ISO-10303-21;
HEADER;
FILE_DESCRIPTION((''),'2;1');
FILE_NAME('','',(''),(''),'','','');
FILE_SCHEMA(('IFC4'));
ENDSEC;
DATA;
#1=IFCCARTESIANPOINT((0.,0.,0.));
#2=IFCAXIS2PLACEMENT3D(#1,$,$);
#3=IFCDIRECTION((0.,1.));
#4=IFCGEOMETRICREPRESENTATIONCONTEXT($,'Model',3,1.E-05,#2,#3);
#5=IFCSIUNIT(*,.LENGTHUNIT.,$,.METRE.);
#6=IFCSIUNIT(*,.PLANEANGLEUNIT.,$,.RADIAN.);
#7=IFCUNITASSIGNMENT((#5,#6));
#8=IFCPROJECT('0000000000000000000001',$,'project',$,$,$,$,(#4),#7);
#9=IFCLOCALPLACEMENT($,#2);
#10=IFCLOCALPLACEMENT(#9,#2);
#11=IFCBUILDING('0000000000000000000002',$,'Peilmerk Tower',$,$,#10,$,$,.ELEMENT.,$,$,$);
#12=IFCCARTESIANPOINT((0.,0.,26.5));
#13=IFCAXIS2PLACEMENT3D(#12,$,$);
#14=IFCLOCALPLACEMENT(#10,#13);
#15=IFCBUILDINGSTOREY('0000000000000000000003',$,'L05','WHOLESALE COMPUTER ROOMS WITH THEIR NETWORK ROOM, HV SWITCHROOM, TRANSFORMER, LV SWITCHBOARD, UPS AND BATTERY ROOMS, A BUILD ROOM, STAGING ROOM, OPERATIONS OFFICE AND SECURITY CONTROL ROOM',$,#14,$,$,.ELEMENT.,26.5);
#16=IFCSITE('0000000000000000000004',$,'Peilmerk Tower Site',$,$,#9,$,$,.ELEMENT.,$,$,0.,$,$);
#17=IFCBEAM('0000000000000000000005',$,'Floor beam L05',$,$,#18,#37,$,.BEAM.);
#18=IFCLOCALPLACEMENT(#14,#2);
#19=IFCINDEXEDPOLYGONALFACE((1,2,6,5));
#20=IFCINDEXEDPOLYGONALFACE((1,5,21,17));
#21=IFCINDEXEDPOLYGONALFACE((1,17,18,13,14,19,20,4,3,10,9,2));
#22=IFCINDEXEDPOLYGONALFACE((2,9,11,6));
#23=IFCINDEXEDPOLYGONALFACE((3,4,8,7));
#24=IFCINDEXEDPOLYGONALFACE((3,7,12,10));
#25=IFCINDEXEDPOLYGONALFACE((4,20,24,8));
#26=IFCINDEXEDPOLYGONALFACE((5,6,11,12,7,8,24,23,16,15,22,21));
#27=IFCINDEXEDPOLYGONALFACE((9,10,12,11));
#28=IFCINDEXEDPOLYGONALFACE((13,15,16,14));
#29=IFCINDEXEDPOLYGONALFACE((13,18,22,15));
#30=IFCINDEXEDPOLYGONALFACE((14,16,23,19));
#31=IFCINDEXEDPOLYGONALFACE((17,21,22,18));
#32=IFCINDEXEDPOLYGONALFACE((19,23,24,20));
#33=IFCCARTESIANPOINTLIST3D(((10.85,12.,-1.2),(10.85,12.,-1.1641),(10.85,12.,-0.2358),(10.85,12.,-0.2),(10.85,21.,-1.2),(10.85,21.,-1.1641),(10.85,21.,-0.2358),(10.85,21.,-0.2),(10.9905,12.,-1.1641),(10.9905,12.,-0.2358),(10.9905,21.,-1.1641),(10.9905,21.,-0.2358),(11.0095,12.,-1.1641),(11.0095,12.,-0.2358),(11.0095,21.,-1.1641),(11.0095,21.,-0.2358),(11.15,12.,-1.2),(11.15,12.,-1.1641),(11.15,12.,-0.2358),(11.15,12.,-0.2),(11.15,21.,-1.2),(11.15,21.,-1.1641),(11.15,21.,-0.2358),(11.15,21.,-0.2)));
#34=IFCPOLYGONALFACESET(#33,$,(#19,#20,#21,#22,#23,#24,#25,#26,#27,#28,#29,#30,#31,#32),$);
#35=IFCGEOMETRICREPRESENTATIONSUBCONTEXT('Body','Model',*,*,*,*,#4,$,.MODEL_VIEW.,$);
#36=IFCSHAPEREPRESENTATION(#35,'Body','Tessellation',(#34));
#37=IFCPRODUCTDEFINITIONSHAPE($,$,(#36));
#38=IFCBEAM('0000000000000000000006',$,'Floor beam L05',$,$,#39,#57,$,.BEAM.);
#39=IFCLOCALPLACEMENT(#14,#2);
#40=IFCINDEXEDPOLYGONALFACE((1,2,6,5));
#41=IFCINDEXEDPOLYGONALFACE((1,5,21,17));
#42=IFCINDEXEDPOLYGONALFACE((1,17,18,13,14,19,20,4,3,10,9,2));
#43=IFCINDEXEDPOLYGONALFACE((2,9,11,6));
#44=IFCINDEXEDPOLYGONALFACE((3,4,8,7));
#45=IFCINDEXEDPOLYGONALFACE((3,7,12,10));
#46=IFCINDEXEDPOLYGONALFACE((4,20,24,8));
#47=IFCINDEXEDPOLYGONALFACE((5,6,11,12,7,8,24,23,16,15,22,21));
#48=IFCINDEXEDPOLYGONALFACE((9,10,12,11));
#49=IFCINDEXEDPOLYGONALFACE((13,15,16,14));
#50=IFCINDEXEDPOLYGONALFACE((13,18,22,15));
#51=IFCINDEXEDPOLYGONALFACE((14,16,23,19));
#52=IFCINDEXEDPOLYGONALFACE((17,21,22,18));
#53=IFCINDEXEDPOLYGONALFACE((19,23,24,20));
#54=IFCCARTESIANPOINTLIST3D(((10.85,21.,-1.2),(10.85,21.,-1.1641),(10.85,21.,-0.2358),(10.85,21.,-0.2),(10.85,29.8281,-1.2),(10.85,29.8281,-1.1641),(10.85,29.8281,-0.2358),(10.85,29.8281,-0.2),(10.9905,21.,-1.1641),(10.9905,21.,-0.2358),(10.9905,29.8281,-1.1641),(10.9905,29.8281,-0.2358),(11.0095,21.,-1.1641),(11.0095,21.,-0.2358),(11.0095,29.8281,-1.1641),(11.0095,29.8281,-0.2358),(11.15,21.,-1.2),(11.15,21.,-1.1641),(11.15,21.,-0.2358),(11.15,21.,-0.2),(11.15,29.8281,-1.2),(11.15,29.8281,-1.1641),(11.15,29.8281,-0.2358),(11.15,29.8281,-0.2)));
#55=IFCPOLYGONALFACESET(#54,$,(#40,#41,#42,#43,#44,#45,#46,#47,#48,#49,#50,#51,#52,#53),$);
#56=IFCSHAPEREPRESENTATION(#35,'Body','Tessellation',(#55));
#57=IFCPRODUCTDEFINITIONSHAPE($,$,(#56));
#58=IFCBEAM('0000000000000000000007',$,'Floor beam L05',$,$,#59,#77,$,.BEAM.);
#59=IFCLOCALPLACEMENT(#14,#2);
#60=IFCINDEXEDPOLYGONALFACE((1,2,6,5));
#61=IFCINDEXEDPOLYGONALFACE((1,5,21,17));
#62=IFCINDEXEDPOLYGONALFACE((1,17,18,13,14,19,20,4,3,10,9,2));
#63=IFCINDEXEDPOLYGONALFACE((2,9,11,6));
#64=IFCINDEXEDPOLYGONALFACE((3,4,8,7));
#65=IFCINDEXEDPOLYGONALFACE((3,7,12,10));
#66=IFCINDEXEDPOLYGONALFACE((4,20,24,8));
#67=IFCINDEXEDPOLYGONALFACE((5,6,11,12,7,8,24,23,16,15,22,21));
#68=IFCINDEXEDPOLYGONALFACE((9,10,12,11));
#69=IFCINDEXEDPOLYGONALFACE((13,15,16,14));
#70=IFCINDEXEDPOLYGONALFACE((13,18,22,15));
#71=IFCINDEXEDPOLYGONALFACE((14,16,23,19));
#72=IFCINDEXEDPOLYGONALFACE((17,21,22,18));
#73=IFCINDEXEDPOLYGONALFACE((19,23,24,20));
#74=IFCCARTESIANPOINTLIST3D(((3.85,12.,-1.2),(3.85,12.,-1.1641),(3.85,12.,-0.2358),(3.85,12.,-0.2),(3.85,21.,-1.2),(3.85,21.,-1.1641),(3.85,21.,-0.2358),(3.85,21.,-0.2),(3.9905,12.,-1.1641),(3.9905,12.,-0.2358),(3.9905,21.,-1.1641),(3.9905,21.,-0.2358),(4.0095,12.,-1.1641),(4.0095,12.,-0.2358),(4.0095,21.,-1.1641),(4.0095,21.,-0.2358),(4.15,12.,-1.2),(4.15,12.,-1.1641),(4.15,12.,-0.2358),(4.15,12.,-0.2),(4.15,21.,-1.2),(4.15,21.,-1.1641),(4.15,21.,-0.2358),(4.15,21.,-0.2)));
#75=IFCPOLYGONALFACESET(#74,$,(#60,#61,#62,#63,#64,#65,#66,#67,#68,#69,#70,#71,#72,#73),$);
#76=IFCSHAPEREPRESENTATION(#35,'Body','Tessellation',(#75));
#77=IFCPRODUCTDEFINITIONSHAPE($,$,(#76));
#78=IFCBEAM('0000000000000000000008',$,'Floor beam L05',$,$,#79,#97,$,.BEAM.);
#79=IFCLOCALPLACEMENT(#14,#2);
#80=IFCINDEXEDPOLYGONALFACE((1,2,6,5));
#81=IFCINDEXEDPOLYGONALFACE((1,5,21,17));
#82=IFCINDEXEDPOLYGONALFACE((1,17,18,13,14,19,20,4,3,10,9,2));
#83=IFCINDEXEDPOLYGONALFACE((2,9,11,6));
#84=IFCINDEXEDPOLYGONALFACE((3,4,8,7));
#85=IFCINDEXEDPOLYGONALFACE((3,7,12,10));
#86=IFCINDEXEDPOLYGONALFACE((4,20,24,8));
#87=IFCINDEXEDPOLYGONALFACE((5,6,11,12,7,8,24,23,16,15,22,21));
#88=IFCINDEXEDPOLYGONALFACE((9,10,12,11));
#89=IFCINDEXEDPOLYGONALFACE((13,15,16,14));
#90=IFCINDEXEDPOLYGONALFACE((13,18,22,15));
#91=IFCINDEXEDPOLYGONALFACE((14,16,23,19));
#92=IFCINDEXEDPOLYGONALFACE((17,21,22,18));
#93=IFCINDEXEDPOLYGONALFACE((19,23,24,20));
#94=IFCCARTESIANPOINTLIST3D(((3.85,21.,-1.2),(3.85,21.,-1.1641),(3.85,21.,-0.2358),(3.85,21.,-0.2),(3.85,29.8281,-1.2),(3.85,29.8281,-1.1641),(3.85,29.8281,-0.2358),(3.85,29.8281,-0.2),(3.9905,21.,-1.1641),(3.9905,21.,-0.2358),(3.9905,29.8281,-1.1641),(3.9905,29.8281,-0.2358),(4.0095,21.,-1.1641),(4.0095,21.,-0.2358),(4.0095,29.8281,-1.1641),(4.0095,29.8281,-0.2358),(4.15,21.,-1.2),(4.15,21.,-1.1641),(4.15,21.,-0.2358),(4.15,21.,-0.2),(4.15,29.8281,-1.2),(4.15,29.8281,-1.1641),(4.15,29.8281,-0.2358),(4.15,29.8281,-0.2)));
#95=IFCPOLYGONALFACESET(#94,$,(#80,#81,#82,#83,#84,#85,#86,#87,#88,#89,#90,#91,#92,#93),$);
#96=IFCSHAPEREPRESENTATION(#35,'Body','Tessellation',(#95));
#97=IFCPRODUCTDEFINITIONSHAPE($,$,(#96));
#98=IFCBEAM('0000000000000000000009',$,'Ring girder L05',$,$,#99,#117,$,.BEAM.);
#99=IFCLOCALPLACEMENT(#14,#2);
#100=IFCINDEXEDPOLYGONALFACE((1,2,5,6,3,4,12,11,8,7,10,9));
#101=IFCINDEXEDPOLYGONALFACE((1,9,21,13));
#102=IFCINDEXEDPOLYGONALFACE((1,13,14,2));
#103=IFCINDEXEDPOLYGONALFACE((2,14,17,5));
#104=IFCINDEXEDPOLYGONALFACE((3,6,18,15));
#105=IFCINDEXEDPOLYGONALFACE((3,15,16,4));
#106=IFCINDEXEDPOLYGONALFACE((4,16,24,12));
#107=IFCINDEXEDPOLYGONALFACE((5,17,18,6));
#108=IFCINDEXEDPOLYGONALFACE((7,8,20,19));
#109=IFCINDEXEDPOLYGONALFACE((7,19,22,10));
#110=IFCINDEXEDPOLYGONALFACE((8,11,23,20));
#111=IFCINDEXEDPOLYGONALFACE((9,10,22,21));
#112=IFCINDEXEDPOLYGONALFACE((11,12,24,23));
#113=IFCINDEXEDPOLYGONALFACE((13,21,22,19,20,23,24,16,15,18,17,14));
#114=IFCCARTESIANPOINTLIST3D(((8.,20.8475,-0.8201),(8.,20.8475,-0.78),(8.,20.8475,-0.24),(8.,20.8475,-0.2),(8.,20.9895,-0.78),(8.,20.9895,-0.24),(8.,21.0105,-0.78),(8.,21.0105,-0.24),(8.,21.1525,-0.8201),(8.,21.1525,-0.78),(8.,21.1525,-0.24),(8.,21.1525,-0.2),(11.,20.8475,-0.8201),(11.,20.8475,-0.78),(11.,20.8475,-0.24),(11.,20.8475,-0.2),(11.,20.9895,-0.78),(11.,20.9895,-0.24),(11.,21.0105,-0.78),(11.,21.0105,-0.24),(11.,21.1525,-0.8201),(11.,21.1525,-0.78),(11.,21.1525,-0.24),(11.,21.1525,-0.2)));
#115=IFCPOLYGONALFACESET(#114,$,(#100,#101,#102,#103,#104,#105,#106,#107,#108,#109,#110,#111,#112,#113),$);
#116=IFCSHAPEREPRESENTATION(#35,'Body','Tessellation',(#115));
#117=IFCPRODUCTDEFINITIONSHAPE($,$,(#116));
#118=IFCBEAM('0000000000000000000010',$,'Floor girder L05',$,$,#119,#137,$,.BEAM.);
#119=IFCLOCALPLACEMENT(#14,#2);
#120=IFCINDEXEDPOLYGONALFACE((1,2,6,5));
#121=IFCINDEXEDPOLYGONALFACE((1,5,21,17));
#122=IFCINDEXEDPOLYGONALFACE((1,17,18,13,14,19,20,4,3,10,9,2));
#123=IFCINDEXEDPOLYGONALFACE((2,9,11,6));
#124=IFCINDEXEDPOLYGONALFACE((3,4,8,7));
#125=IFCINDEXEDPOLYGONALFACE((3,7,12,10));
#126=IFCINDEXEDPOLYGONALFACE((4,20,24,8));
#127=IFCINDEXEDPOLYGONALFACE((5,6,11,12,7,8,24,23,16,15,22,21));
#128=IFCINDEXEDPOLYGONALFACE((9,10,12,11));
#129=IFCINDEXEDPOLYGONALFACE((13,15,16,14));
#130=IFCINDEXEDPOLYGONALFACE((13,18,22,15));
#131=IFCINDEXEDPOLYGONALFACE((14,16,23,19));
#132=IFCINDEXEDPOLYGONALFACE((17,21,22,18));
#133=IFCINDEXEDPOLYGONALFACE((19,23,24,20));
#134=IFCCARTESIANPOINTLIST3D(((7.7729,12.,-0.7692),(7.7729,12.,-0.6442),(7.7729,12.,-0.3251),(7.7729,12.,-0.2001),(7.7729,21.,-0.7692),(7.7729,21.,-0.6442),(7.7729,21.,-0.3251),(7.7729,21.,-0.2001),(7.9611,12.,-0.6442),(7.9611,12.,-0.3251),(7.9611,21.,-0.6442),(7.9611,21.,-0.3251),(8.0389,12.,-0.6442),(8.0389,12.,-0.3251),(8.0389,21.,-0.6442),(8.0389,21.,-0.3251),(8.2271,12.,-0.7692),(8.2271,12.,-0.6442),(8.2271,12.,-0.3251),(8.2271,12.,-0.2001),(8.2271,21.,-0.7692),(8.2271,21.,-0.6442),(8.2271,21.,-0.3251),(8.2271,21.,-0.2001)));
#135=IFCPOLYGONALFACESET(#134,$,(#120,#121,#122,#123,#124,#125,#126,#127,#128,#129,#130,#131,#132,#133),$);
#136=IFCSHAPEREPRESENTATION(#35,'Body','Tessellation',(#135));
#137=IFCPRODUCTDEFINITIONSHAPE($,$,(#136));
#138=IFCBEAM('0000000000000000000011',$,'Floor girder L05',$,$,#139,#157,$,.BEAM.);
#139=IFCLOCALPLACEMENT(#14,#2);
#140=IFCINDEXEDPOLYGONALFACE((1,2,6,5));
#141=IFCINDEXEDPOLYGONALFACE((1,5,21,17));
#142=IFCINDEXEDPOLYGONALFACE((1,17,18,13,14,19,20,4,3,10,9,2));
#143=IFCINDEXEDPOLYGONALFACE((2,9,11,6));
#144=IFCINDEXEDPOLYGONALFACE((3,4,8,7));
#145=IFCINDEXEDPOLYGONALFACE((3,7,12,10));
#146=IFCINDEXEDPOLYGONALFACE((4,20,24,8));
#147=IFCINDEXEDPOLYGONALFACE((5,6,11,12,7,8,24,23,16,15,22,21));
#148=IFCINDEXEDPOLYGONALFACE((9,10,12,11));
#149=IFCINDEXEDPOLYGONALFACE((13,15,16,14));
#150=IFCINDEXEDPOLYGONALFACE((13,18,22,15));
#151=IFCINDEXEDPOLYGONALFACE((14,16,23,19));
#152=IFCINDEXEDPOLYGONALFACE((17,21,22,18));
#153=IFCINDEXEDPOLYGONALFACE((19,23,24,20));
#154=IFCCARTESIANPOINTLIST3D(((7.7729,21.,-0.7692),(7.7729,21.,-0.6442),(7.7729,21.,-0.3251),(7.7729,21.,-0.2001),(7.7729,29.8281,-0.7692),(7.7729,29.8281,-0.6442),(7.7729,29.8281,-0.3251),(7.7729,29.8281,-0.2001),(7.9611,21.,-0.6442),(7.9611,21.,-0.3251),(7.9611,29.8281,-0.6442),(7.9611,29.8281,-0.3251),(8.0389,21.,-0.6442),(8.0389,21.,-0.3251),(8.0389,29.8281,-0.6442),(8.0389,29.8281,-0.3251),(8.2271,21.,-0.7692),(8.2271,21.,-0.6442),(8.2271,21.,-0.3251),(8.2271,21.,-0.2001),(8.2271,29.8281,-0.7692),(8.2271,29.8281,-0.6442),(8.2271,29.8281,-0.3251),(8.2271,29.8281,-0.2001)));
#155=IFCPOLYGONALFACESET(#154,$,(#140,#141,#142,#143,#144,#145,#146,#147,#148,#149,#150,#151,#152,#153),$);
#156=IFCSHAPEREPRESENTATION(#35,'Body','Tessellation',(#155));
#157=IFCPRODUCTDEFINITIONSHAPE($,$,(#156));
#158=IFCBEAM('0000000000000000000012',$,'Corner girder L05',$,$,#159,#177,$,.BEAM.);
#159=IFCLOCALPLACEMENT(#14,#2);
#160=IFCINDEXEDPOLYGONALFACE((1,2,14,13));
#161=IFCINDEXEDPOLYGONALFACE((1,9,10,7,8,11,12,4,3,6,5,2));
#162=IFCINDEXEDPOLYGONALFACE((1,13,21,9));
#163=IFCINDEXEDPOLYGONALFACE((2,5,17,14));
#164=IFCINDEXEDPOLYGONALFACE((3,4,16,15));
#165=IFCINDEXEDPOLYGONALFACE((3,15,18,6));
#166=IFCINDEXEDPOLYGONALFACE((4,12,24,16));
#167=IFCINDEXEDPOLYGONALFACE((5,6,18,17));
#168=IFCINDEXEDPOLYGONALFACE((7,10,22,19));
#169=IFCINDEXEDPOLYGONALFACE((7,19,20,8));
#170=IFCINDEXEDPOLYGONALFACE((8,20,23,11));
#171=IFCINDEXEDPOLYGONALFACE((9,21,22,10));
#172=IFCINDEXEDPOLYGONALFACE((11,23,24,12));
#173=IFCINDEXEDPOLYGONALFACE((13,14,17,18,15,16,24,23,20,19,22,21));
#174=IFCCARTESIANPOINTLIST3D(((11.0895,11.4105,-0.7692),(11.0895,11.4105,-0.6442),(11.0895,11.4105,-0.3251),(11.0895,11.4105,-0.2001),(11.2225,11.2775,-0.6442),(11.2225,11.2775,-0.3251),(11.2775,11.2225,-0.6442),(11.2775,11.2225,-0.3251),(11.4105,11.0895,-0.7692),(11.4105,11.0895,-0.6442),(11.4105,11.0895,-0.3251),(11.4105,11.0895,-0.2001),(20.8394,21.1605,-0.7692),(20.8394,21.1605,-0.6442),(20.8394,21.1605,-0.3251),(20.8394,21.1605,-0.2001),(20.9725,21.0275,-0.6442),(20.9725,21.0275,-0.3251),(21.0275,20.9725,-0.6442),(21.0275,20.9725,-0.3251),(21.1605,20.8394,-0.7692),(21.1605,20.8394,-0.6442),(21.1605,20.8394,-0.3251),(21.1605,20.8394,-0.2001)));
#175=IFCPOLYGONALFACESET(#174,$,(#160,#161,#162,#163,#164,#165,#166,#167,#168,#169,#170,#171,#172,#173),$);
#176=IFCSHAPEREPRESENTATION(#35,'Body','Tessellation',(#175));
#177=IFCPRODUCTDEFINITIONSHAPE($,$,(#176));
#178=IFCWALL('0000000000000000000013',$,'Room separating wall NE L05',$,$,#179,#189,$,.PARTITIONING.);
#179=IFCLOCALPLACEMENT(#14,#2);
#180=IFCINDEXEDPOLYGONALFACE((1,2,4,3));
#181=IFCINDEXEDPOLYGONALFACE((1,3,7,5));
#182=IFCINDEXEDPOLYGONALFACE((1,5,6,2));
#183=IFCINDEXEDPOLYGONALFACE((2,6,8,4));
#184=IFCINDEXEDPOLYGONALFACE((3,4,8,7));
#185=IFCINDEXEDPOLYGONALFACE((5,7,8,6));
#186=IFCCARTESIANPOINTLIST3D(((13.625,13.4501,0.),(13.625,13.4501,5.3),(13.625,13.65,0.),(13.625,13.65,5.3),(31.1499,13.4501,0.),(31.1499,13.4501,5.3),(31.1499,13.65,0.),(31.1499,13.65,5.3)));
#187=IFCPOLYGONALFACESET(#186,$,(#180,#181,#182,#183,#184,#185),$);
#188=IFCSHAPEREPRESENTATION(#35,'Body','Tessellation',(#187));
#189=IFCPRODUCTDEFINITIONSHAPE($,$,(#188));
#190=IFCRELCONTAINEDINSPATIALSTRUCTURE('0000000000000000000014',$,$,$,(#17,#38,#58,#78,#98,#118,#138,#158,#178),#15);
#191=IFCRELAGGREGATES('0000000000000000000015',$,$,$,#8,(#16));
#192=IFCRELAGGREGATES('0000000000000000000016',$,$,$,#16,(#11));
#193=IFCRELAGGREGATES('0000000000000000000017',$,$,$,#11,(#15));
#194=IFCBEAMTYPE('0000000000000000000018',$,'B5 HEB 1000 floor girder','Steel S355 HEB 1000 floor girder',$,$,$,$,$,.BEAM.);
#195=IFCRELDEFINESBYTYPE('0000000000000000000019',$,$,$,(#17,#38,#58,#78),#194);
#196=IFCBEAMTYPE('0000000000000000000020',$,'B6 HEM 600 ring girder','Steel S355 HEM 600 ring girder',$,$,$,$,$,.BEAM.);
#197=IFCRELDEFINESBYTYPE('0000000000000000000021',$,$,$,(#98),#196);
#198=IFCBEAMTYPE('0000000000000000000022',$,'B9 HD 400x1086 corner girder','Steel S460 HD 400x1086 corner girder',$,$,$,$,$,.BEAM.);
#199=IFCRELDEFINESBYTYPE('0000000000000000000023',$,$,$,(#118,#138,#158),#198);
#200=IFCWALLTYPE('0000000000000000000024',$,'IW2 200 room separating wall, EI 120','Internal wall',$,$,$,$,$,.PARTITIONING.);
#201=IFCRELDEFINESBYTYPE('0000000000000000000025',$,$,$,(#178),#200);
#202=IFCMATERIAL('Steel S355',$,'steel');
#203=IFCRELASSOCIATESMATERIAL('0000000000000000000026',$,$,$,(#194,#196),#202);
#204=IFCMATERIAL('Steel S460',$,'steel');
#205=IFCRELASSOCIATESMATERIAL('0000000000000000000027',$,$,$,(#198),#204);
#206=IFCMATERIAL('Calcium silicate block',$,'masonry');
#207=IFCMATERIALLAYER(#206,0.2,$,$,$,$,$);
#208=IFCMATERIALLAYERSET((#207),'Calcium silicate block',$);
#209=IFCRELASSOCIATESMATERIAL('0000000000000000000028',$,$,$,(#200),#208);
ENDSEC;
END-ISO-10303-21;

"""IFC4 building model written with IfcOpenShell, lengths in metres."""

from ifc_helpers import new_model, si_unit, direction, frame, frame_2d, origin, origin_2d, place, context, subcontext, project, spatial, rectangle, i_section, extrude, material, layer, layer_set, material_profile, profile_set, type_object, element, save


model = new_model("IFC4")

# Units and contexts
model_context = context("Model", 3, precision=1e-05, world=origin(), true_north=direction((0.0, 1.0)))
body_context = subcontext(model_context, "Body", "Model", "MODEL_VIEW")
ifc_project = project(units=[si_unit("LENGTHUNIT", "METRE"), si_unit("PLANEANGLEUNIT", "RADIAN")], contexts=[model_context])

# Site, building, storey
site_placement = place(None, origin())
site = spatial("IfcSite", under=ifc_project, at=site_placement, Name="Peilmerk Tower Site", CompositionType="ELEMENT", RefElevation=0.0)
building_placement = place(site_placement, origin())
building = spatial("IfcBuilding", under=site, at=building_placement, Name="Peilmerk Tower", CompositionType="ELEMENT")
storey_placement = place(building_placement, frame((0.0, 0.0, 26.5)))
storey = spatial("IfcBuildingStorey", under=building, at=storey_placement, Name="L05", Description="WHOLESALE COMPUTER ROOMS WITH THEIR NETWORK ROOM, HV SWITCHROOM, TRANSFORMER, LV SWITCHBOARD, UPS AND BATTERY ROOMS, A BUILD ROOM, STAGING ROOM, OPERATIONS OFFICE AND SECURITY CONTROL ROOM", CompositionType="ELEMENT", Elevation=26.5)

# Beams
ifc_material_1 = material(Name="Steel S355", Category="steel")
ifc_material_profile_1 = material_profile(ifc_material_1, i_section(OverallWidth=0.3, OverallDepth=1.0, WebThickness=0.019, FlangeThickness=0.0359, at=origin_2d()), Name="HEB 1000")
ifc_profile_set_1 = profile_set([ifc_material_profile_1], Name="Steel S355")
beam_type_1 = type_object("IfcBeamType", Name="B5 HEB 1000 floor girder", Description="Steel S355 HEB 1000 floor girder", PredefinedType="BEAM", material=ifc_profile_set_1)
beam_1_placement = place(storey_placement, frame((11.0, 12.0, -0.7), z_axis=(0.0, 1.0, 0.0), x_axis=(-1.0, 0.0, 0.0)))
element("IfcBeam", 1, at=beam_1_placement, inside=storey, type_object=beam_type_1, Name="Floor beam L05", PredefinedType="BEAM", context=body_context, shape_type="SweptSolid", body=[
    extrude(i_section(OverallWidth=0.3, OverallDepth=1.0, WebThickness=0.019, FlangeThickness=0.0359, at=origin_2d()), origin(), (0.0, 0.0, 1.0), 9.0),
])
beam_2_placement = place(storey_placement, frame((11.0, 21.0, -0.7), z_axis=(0.0, 1.0, 0.0), x_axis=(-1.0, 0.0, 0.0)))
element("IfcBeam", 2, at=beam_2_placement, inside=storey, type_object=beam_type_1, Name="Floor beam L05", PredefinedType="BEAM", context=body_context, shape_type="SweptSolid", body=[
    extrude(i_section(OverallWidth=0.3, OverallDepth=1.0, WebThickness=0.019, FlangeThickness=0.0359, at=origin_2d()), origin(), (0.0, 0.0, 1.0), 8.8281),
])
beam_3_placement = place(storey_placement, frame((4.0, 12.0, -0.7), z_axis=(0.0, 1.0, 0.0), x_axis=(-1.0, 0.0, 0.0)))
element("IfcBeam", 3, at=beam_3_placement, inside=storey, type_object=beam_type_1, Name="Floor beam L05", PredefinedType="BEAM", context=body_context, shape_type="SweptSolid", body=[
    extrude(i_section(OverallWidth=0.3, OverallDepth=1.0, WebThickness=0.019, FlangeThickness=0.0359, at=origin_2d()), origin(), (0.0, 0.0, 1.0), 9.0),
])
beam_4_placement = place(storey_placement, frame((4.0, 21.0, -0.7), z_axis=(0.0, 1.0, 0.0), x_axis=(-1.0, 0.0, 0.0)))
element("IfcBeam", 4, at=beam_4_placement, inside=storey, type_object=beam_type_1, Name="Floor beam L05", PredefinedType="BEAM", context=body_context, shape_type="SweptSolid", body=[
    extrude(i_section(OverallWidth=0.3, OverallDepth=1.0, WebThickness=0.019, FlangeThickness=0.0359, at=origin_2d()), origin(), (0.0, 0.0, 1.0), 8.8281),
])
ifc_material_profile_2 = material_profile(ifc_material_1, i_section(OverallWidth=0.3049, OverallDepth=0.6201, WebThickness=0.021, FlangeThickness=0.04, at=origin_2d()), Name="HEM 600")
ifc_profile_set_2 = profile_set([ifc_material_profile_2], Name="Steel S355")
beam_type_2 = type_object("IfcBeamType", Name="B6 HEM 600 ring girder", Description="Steel S355 HEM 600 ring girder", PredefinedType="BEAM", material=ifc_profile_set_2)
beam_5_placement = place(storey_placement, frame((11.0, 21.0, -0.51), z_axis=(-1.0, 0.0, 0.0), x_axis=(0.0, -1.0, 0.0)))
element("IfcBeam", 5, at=beam_5_placement, inside=storey, type_object=beam_type_2, Name="Ring girder L05", PredefinedType="BEAM", context=body_context, shape_type="SweptSolid", body=[
    extrude(i_section(OverallWidth=0.3049, OverallDepth=0.6201, WebThickness=0.021, FlangeThickness=0.04, at=origin_2d()), origin(), (0.0, 0.0, 1.0), 3.0),
])
ifc_material_2 = material(Name="Steel S460", Category="steel")
ifc_material_profile_3 = material_profile(ifc_material_2, i_section(OverallWidth=0.4541, OverallDepth=0.5691, WebThickness=0.0779, FlangeThickness=0.125, at=origin_2d()), Name="HD 400x1086")
ifc_profile_set_3 = profile_set([ifc_material_profile_3], Name="Steel S460")
beam_type_3 = type_object("IfcBeamType", Name="B9 HD 400x1086 corner girder", Description="Steel S460 HD 400x1086 corner girder", PredefinedType="BEAM", material=ifc_profile_set_3)
beam_6_placement = place(storey_placement, frame((8.0, 12.0, -0.4846), z_axis=(0.0, 1.0, 0.0), x_axis=(-1.0, 0.0, 0.0)))
element("IfcBeam", 6, at=beam_6_placement, inside=storey, type_object=beam_type_3, Name="Floor girder L05", PredefinedType="BEAM", context=body_context, shape_type="SweptSolid", body=[
    extrude(i_section(OverallWidth=0.4541, OverallDepth=0.5691, WebThickness=0.0779, FlangeThickness=0.125, at=origin_2d()), origin(), (0.0, 0.0, 1.0), 9.0),
])
beam_7_placement = place(storey_placement, frame((8.0, 21.0, -0.4846), z_axis=(0.0, 1.0, 0.0), x_axis=(-1.0, 0.0, 0.0)))
element("IfcBeam", 7, at=beam_7_placement, inside=storey, type_object=beam_type_3, Name="Floor girder L05", PredefinedType="BEAM", context=body_context, shape_type="SweptSolid", body=[
    extrude(i_section(OverallWidth=0.4541, OverallDepth=0.5691, WebThickness=0.0779, FlangeThickness=0.125, at=origin_2d()), origin(), (0.0, 0.0, 1.0), 8.8281),
])
beam_8_placement = place(storey_placement, frame((11.25, 11.25, -0.4846), z_axis=(0.707107, 0.707107, 0.0), x_axis=(-0.707107, 0.707107, 0.0)))
element("IfcBeam", 8, at=beam_8_placement, inside=storey, type_object=beam_type_3, Name="Corner girder L05", PredefinedType="BEAM", context=body_context, shape_type="SweptSolid", body=[
    extrude(i_section(OverallWidth=0.4541, OverallDepth=0.5691, WebThickness=0.0779, FlangeThickness=0.125, at=origin_2d()), origin(), (0.0, 0.0, 1.0), 13.7886),
])

# Wall
ifc_material_3 = material(Name="Calcium silicate block", Category="masonry")
ifc_layer = layer(ifc_material_3, 0.2)
ifc_layer_set = layer_set([ifc_layer], Name="Calcium silicate block")
wall_type = type_object("IfcWallType", Name="IW2 200 room separating wall, EI 120", Description="Internal wall", PredefinedType="PARTITIONING", material=ifc_layer_set)
wall_1_placement = place(storey_placement, frame((13.625, 13.55, 0.0), z_axis=(0.0, 0.0, 1.0), x_axis=(1.0, 0.0, 0.0)))
element("IfcWall", 9, at=wall_1_placement, inside=storey, type_object=wall_type, Name="Room separating wall NE L05", PredefinedType="PARTITIONING", context=body_context, shape_type="SweptSolid", body=[
    extrude(rectangle(XDim=17.5249, YDim=0.2, at=frame_2d((8.7625, 0.0))), origin(), (0.0, 0.0, 1.0), 5.3),
])

save(model, "model.ifc")
